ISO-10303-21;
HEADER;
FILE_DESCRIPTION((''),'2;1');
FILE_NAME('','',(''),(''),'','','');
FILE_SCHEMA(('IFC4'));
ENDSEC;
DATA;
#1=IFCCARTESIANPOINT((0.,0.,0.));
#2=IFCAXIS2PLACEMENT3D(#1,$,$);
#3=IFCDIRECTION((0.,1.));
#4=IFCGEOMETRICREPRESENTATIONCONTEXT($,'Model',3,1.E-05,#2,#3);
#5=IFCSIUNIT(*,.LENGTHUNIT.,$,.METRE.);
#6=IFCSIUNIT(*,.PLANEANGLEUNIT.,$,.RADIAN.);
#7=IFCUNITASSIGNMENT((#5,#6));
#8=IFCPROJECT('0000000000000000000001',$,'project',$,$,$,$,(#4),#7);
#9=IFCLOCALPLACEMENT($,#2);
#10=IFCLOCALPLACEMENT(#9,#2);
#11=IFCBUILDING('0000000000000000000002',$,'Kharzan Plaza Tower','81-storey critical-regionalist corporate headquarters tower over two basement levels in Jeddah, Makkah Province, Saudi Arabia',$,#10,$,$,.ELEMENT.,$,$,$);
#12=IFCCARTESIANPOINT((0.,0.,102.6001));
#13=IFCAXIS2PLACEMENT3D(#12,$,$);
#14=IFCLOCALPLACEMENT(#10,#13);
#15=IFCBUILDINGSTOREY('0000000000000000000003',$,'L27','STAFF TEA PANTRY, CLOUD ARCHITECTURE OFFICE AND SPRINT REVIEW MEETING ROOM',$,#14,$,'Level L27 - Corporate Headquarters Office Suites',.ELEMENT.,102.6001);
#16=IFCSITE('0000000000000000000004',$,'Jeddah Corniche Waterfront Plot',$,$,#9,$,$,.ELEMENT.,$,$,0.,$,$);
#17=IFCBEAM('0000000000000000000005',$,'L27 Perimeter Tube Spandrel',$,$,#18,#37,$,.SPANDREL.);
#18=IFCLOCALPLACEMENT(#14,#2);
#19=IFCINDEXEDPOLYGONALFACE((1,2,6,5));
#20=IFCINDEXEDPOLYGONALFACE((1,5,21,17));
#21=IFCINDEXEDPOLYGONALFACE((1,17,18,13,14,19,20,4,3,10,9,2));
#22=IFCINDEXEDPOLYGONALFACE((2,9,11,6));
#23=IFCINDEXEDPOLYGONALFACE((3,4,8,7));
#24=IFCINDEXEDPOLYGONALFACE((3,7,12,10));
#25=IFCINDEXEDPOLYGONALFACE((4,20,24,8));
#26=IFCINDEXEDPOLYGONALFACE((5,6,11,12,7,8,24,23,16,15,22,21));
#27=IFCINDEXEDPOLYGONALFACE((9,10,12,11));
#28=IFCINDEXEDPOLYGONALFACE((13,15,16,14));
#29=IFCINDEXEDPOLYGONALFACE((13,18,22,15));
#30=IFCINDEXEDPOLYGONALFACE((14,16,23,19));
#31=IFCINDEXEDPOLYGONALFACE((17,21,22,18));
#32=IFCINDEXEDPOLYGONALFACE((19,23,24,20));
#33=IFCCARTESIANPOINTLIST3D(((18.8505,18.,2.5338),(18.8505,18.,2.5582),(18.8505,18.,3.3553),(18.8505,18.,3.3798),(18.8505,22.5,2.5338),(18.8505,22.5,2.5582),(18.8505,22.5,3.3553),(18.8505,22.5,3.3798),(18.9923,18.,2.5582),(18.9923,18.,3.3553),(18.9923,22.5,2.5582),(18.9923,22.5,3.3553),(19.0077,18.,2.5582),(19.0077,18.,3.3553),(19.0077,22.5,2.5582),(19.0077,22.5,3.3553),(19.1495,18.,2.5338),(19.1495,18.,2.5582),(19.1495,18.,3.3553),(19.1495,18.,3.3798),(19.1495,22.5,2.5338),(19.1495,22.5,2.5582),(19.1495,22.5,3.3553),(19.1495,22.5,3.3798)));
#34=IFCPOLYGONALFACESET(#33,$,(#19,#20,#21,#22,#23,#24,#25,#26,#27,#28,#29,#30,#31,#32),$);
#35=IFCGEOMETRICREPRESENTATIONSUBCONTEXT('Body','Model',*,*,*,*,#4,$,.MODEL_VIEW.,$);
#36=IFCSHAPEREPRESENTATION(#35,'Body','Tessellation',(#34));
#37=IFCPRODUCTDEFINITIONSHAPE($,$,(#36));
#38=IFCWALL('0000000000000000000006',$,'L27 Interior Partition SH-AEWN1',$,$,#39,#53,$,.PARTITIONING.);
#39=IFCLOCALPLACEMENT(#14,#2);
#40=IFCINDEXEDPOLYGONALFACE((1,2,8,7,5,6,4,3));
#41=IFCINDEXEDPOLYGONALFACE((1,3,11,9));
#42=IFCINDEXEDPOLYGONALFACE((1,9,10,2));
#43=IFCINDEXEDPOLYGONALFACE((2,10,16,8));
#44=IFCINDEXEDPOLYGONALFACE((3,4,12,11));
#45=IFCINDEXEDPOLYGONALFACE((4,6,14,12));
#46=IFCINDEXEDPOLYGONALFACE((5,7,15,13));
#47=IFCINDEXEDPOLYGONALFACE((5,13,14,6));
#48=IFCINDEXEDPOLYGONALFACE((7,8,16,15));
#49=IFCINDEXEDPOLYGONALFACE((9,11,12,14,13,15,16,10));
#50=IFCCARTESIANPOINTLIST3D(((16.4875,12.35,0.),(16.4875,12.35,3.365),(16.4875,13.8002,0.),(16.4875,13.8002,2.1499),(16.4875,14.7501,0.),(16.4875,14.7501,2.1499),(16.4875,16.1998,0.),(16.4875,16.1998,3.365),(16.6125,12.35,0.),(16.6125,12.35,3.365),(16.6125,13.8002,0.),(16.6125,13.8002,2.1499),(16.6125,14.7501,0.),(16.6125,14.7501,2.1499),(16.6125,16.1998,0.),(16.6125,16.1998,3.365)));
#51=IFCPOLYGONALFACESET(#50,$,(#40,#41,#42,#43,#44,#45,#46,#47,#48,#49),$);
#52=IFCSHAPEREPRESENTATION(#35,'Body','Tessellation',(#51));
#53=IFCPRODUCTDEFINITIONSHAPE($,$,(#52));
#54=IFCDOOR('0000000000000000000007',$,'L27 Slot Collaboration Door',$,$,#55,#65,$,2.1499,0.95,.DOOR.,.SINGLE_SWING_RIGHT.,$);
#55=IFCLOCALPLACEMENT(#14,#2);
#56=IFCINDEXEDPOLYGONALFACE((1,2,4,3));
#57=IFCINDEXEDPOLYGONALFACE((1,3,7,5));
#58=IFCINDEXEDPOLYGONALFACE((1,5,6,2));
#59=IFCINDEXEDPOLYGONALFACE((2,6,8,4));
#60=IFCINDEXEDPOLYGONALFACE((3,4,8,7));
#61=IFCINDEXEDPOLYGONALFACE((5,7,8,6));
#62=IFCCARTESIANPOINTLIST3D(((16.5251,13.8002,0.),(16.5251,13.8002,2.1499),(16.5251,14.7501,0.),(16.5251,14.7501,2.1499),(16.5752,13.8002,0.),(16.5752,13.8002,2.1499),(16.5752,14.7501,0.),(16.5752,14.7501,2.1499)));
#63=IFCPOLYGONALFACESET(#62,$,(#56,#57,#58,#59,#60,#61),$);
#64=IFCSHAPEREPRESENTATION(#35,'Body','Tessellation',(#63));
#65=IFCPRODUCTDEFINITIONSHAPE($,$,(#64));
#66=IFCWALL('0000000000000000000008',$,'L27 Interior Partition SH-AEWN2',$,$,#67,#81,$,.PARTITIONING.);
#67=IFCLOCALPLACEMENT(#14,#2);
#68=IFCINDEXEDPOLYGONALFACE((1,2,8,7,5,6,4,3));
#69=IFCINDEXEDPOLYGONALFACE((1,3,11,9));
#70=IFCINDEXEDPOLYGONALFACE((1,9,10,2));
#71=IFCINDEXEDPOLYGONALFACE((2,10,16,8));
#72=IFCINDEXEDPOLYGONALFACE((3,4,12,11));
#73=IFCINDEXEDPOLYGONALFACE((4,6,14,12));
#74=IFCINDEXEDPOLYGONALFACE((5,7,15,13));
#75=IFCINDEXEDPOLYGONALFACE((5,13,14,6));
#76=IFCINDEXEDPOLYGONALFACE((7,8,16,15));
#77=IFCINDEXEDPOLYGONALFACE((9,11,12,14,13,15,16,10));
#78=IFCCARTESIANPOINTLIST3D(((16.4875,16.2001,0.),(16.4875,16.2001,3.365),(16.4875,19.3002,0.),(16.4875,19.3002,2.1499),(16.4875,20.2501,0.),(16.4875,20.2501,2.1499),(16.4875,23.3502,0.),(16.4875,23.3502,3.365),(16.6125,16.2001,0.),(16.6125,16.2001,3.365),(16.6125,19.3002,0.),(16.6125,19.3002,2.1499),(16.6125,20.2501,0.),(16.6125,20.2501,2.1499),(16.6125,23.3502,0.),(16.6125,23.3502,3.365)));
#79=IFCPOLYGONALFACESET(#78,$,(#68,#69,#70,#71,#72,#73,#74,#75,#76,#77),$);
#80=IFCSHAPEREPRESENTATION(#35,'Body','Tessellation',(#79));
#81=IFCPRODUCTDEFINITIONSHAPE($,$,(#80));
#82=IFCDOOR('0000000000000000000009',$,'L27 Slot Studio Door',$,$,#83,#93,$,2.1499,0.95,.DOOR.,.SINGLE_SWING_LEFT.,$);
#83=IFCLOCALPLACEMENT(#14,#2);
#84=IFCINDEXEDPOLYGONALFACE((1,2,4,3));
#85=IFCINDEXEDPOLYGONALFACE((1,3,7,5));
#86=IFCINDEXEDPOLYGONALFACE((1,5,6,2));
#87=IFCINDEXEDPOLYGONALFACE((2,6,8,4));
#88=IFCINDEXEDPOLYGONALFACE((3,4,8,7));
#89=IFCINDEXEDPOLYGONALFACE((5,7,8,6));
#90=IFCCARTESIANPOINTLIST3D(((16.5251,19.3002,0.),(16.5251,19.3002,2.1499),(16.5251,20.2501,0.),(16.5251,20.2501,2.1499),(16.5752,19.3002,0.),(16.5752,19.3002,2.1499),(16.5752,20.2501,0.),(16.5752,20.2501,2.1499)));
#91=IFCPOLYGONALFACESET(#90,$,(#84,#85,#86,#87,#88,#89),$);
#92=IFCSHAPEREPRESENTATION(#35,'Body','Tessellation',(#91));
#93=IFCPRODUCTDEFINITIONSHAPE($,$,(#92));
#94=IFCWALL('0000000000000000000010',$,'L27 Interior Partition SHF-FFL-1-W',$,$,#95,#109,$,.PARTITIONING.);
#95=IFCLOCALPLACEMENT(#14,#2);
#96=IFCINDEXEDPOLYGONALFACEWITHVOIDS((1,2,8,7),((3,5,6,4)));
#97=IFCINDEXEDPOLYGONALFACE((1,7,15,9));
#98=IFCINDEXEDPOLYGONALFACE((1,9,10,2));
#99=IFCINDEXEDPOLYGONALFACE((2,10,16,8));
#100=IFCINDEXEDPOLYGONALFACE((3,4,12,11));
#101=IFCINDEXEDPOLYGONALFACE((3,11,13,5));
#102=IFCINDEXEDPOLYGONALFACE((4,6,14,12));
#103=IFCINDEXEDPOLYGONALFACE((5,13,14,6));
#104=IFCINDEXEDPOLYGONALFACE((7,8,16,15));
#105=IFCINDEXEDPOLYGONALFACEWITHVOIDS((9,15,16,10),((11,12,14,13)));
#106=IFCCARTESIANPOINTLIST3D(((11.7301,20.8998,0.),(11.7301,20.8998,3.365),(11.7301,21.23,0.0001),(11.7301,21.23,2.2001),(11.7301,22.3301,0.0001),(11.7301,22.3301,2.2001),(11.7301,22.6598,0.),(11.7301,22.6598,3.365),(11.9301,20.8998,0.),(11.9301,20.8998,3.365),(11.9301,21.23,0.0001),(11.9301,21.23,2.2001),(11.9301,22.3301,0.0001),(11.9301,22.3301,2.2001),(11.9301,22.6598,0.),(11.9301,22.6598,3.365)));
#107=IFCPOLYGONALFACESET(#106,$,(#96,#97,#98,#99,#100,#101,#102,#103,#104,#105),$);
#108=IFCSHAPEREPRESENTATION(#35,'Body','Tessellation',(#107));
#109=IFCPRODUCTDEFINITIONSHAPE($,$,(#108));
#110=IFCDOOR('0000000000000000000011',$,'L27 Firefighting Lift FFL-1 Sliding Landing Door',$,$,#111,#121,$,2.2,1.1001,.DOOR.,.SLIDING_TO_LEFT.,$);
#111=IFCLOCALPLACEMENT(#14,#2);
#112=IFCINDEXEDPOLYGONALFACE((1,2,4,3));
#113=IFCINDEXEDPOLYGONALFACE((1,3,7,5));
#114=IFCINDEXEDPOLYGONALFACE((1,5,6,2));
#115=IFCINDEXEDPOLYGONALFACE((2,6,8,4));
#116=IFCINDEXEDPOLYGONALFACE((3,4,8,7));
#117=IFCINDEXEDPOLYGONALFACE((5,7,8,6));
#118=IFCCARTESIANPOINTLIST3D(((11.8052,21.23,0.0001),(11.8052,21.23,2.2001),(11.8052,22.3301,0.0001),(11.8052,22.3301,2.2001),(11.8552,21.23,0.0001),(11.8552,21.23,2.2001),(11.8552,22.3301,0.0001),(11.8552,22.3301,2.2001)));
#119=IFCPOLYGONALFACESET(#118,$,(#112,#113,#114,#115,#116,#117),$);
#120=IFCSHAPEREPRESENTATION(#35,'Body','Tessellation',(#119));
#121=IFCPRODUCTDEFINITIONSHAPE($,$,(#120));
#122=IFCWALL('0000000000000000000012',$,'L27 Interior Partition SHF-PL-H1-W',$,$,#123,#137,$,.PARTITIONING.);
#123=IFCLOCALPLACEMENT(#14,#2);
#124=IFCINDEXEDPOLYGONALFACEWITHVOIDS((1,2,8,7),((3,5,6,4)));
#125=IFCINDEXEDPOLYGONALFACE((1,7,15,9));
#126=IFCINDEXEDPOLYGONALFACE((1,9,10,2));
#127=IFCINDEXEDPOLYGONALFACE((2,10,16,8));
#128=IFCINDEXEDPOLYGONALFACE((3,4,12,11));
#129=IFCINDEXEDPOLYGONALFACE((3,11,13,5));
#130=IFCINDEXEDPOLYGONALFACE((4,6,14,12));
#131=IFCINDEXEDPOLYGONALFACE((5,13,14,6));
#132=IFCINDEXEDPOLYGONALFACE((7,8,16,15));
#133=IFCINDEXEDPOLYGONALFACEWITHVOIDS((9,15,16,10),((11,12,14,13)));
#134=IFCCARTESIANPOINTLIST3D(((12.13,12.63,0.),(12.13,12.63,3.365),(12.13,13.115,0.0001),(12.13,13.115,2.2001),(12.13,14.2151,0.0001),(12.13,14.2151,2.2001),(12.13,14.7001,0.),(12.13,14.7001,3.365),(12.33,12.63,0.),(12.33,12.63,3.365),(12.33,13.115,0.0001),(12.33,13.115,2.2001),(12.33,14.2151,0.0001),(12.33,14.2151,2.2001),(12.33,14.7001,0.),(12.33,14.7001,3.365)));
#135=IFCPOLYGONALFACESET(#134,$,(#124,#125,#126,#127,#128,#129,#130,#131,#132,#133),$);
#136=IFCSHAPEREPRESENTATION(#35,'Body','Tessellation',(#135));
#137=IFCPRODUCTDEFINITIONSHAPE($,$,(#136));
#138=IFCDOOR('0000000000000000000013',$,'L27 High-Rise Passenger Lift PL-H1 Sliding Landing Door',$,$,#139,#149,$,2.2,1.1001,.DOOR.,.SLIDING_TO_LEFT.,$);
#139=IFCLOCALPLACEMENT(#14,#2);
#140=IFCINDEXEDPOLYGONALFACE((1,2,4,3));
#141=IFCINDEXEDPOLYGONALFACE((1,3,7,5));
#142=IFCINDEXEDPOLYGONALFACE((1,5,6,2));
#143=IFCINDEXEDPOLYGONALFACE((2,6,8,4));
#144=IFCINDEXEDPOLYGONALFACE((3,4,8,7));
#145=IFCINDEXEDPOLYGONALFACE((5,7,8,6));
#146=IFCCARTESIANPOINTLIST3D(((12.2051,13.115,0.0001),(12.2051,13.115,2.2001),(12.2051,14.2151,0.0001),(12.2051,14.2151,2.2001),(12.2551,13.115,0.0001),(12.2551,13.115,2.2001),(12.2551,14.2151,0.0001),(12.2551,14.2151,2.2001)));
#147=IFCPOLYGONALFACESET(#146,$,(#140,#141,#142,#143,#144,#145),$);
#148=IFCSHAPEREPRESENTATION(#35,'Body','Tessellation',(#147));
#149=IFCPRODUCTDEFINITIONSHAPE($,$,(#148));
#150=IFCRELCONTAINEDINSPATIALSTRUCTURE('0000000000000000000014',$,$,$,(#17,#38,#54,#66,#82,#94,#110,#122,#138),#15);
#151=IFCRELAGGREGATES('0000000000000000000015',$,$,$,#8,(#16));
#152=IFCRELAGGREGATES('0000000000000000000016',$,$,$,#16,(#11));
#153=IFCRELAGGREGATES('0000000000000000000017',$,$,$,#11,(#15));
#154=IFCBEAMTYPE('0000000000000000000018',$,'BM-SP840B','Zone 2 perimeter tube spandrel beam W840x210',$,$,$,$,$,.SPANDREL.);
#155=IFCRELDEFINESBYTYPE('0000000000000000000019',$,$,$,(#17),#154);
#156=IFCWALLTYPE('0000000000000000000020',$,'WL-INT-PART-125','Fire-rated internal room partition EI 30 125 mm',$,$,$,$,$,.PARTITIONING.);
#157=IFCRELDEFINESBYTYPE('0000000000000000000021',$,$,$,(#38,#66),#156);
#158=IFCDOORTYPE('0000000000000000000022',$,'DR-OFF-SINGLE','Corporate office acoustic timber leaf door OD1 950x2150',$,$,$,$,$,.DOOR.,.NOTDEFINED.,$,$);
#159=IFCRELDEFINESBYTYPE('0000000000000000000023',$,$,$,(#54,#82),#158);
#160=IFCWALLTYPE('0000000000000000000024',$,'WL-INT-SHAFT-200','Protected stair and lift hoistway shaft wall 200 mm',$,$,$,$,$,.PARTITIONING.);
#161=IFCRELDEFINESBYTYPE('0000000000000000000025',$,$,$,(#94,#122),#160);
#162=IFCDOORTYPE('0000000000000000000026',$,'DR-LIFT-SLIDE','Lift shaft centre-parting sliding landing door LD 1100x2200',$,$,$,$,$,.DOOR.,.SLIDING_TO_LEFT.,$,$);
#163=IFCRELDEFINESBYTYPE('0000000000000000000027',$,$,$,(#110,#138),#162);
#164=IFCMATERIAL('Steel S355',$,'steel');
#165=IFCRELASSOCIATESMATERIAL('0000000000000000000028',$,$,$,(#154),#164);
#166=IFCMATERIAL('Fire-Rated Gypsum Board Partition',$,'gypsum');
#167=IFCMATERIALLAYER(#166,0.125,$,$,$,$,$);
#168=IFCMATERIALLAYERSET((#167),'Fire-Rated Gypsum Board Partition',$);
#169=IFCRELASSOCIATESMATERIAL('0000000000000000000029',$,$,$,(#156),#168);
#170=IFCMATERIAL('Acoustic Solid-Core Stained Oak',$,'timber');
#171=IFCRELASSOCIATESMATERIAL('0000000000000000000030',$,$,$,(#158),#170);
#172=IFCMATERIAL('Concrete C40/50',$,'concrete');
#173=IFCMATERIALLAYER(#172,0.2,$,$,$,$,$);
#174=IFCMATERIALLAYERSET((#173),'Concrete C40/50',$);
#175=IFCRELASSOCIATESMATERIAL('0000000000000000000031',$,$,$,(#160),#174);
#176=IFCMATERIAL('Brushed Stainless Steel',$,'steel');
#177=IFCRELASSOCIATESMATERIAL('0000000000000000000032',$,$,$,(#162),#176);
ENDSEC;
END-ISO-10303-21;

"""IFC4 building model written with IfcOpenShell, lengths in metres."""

from ifc_helpers import new_model, si_unit, direction, frame, frame_2d, origin, origin_2d, place, context, subcontext, project, spatial, rectangle, i_section, extrude, source, transform, mapped, material, layer, layer_set, material_profile, profile_set, type_object, element, fill, save


model = new_model("IFC4")

# Units and contexts
model_context = context("Model", 3, precision=1e-05, world=origin(), true_north=direction((0.0, 1.0)))
body_context = subcontext(model_context, "Body", "Model", "MODEL_VIEW")
ifc_project = project(units=[si_unit("LENGTHUNIT", "METRE"), si_unit("PLANEANGLEUNIT", "RADIAN")], contexts=[model_context])

# Site, building, storey
site_placement = place(None, origin())
site = spatial("IfcSite", under=ifc_project, at=site_placement, Name="Jeddah Corniche Waterfront Plot", CompositionType="ELEMENT", RefElevation=0.0)
building_placement = place(site_placement, origin())
building = spatial("IfcBuilding", under=site, at=building_placement, Name="Kharzan Plaza Tower", Description="81-storey critical-regionalist corporate headquarters tower over two basement levels in Jeddah, Makkah Province, Saudi Arabia", CompositionType="ELEMENT")
storey_placement = place(building_placement, frame((0.0, 0.0, 102.6001)))
storey = spatial("IfcBuildingStorey", under=building, at=storey_placement, Name="L27", Description="STAFF TEA PANTRY, CLOUD ARCHITECTURE OFFICE AND SPRINT REVIEW MEETING ROOM", LongName="Level L27 - Corporate Headquarters Office Suites", CompositionType="ELEMENT", Elevation=102.6001)

# Beam
ifc_material_1 = material(Name="Steel S355", Category="steel")
ifc_material_profile_1 = material_profile(ifc_material_1, i_section(OverallWidth=0.2991, OverallDepth=0.8459, WebThickness=0.0154, FlangeThickness=0.0244, at=origin_2d()), Name="W840x210")
ifc_profile_set_1 = profile_set([ifc_material_profile_1], Name="Steel S355")
beam_type_1 = type_object("IfcBeamType", Name="BM-SP840B", Description="Zone 2 perimeter tube spandrel beam W840x210", PredefinedType="SPANDREL", material=ifc_profile_set_1)
shared_shape_1 = source(origin(), body_context, "Body", "SweptSolid", [
    extrude(i_section(OverallWidth=0.2991, OverallDepth=0.8459, WebThickness=0.0154, FlangeThickness=0.0244, at=origin_2d()), origin(), (0.0, 0.0, 1.0), 4.5),
])
beam_1_placement = place(storey_placement, frame((19.0, 18.0, 2.9568), z_axis=(0.0, 1.0, 0.0), x_axis=(-1.0, 0.0, 0.0)))
element("IfcBeam", 1, at=beam_1_placement, inside=storey, type_object=beam_type_1, Name="L27 Perimeter Tube Spandrel", PredefinedType="SPANDREL", context=body_context, shape_type="MappedRepresentation", body=[
    mapped(shared_shape_1, transform((0.0, 0.0, 0.0), x_axis=(1.0, 0.0, 0.0), y_axis=(0.0, 1.0, 0.0), z_axis=(0.0, 0.0, 1.0))),
])

# Walls, openings, doors
ifc_material_2 = material(Name="Fire-Rated Gypsum Board Partition", Category="gypsum")
ifc_layer_1 = layer(ifc_material_2, 0.125)
ifc_layer_set_1 = layer_set([ifc_layer_1], Name="Fire-Rated Gypsum Board Partition")
wall_type_1 = type_object("IfcWallType", Name="WL-INT-PART-125", Description="Fire-rated internal room partition EI 30 125 mm", PredefinedType="PARTITIONING", material=ifc_layer_set_1)
wall_1_placement = place(storey_placement, frame((16.55, 12.3501, 0.0), z_axis=(0.0, 0.0, 1.0), x_axis=(0.0, 1.0, 0.0)))
wall_1 = element("IfcWall", 2, at=wall_1_placement, inside=storey, type_object=wall_type_1, Name="L27 Interior Partition SH-AEWN1", PredefinedType="PARTITIONING", context=body_context, shape_type="SweptSolid", body=[
    extrude(rectangle(XDim=3.8499, YDim=0.125, at=frame_2d((1.9248, 0.0))), origin(), (0.0, 0.0, 1.0), 3.365),
])
opening_1_placement = place(wall_1_placement, frame((1.45, 0.0, 0.0)))
opening_1 = element("IfcOpeningElement", 3, at=opening_1_placement, cuts=wall_1, PredefinedType="OPENING", context=body_context, shape_type="SweptSolid", body=[
    extrude(rectangle(XDim=0.95, YDim=2.1499, at=frame_2d((0.4751, 1.075))), frame((0.0, 0.0725, 0.0), z_axis=(0.0, -1.0, 0.0), x_axis=(1.0, 0.0, 0.0)), (0.0, 0.0, 1.0), 0.145),
])
ifc_material_3 = material(Name="Acoustic Solid-Core Stained Oak", Category="timber")
door_type_1 = type_object("IfcDoorType", Name="DR-OFF-SINGLE", Description="Corporate office acoustic timber leaf door OD1 950x2150", OperationType="NOTDEFINED", PredefinedType="DOOR", material=ifc_material_3)
shared_shape_2 = source(origin(), body_context, "Body", "SweptSolid", [
    extrude(rectangle(XDim=0.95, YDim=2.1499, at=frame_2d((0.4751, 1.075))), frame((0.0, 0.0249, 0.0), z_axis=(0.0, -1.0, 0.0), x_axis=(1.0, 0.0, 0.0)), (0.0, 0.0, 1.0), 0.05),
])
door_1_placement = place(opening_1_placement, origin())
door_1 = element("IfcDoor", 4, at=door_1_placement, inside=storey, type_object=door_type_1, Name="L27 Slot Collaboration Door", OperationType="SINGLE_SWING_RIGHT", OverallHeight=2.1499, OverallWidth=0.95, PredefinedType="DOOR", context=body_context, shape_type="MappedRepresentation", body=[
    mapped(shared_shape_2, transform((0.0, 0.0, 0.0), x_axis=(1.0, 0.0, 0.0), y_axis=(0.0, 1.0, 0.0), z_axis=(0.0, 0.0, 1.0))),
])
fill(opening_1, door_1)
wall_2_placement = place(storey_placement, frame((16.55, 16.2, 0.0), z_axis=(0.0, 0.0, 1.0), x_axis=(0.0, 1.0, 0.0)))
wall_2 = element("IfcWall", 5, at=wall_2_placement, inside=storey, type_object=wall_type_1, Name="L27 Interior Partition SH-AEWN2", PredefinedType="PARTITIONING", context=body_context, shape_type="SweptSolid", body=[
    extrude(rectangle(XDim=7.1501, YDim=0.125, at=frame_2d((3.5752, 0.0))), origin(), (0.0, 0.0, 1.0), 3.365),
])
opening_2_placement = place(wall_2_placement, frame((3.1001, 0.0, 0.0)))
opening_2 = element("IfcOpeningElement", 6, at=opening_2_placement, cuts=wall_2, PredefinedType="OPENING", context=body_context, shape_type="SweptSolid", body=[
    extrude(rectangle(XDim=0.95, YDim=2.1499, at=frame_2d((0.4751, 1.075))), frame((0.0, 0.0725, 0.0), z_axis=(0.0, -1.0, 0.0), x_axis=(1.0, 0.0, 0.0)), (0.0, 0.0, 1.0), 0.145),
])
door_2_placement = place(opening_2_placement, origin())
door_2 = element("IfcDoor", 7, at=door_2_placement, inside=storey, type_object=door_type_1, Name="L27 Slot Studio Door", OperationType="SINGLE_SWING_LEFT", OverallHeight=2.1499, OverallWidth=0.95, PredefinedType="DOOR", context=body_context, shape_type="MappedRepresentation", body=[
    mapped(shared_shape_2, transform((0.0, 0.0, 0.0), x_axis=(1.0, 0.0, 0.0), y_axis=(0.0, 1.0, 0.0), z_axis=(0.0, 0.0, 1.0))),
])
fill(opening_2, door_2)
ifc_material_4 = material(Name="Concrete C40/50", Category="concrete")
ifc_layer_2 = layer(ifc_material_4, 0.2)
ifc_layer_set_2 = layer_set([ifc_layer_2], Name="Concrete C40/50")
wall_type_2 = type_object("IfcWallType", Name="WL-INT-SHAFT-200", Description="Protected stair and lift hoistway shaft wall 200 mm", PredefinedType="PARTITIONING", material=ifc_layer_set_2)
wall_3_placement = place(storey_placement, frame((11.8301, 20.8999, 0.0), z_axis=(0.0, 0.0, 1.0), x_axis=(0.0, 1.0, 0.0)))
wall_3 = element("IfcWall", 8, at=wall_3_placement, inside=storey, type_object=wall_type_2, Name="L27 Interior Partition SHF-FFL-1-W", PredefinedType="PARTITIONING", context=body_context, shape_type="SweptSolid", body=[
    extrude(rectangle(XDim=1.76, YDim=0.2, at=frame_2d((0.8799, 0.0))), origin(), (0.0, 0.0, 1.0), 3.365),
])
opening_3_placement = place(wall_3_placement, frame((0.3301, 0.0, 0.0)))
opening_3 = element("IfcOpeningElement", 9, at=opening_3_placement, cuts=wall_3, PredefinedType="OPENING", context=body_context, shape_type="SweptSolid", body=[
    extrude(rectangle(XDim=1.1001, YDim=2.2, at=frame_2d((0.55, 1.1001))), frame((0.0, 0.1099, 0.0), z_axis=(0.0, -1.0, 0.0), x_axis=(1.0, 0.0, 0.0)), (0.0, 0.0, 1.0), 0.22),
])
ifc_material_5 = material(Name="Brushed Stainless Steel", Category="steel")
door_type_2 = type_object("IfcDoorType", Name="DR-LIFT-SLIDE", Description="Lift shaft centre-parting sliding landing door LD 1100x2200", OperationType="SLIDING_TO_LEFT", PredefinedType="DOOR", material=ifc_material_5)
shared_shape_3 = source(origin(), body_context, "Body", "SweptSolid", [
    extrude(rectangle(XDim=1.1001, YDim=2.2, at=frame_2d((0.55, 1.1001))), frame((0.0, 0.0249, 0.0), z_axis=(0.0, -1.0, 0.0), x_axis=(1.0, 0.0, 0.0)), (0.0, 0.0, 1.0), 0.05),
])
door_3_placement = place(opening_3_placement, origin())
door_3 = element("IfcDoor", 10, at=door_3_placement, inside=storey, type_object=door_type_2, Name="L27 Firefighting Lift FFL-1 Sliding Landing Door", OperationType="SLIDING_TO_LEFT", OverallHeight=2.2, OverallWidth=1.1001, PredefinedType="DOOR", context=body_context, shape_type="MappedRepresentation", body=[
    mapped(shared_shape_3, transform((0.0, 0.0, 0.0), x_axis=(1.0, 0.0, 0.0), y_axis=(0.0, 1.0, 0.0), z_axis=(0.0, 0.0, 1.0))),
])
fill(opening_3, door_3)
wall_4_placement = place(storey_placement, frame((12.23, 12.6299, 0.0), z_axis=(0.0, 0.0, 1.0), x_axis=(0.0, 1.0, 0.0)))
wall_4 = element("IfcWall", 11, at=wall_4_placement, inside=storey, type_object=wall_type_2, Name="L27 Interior Partition SHF-PL-H1-W", PredefinedType="PARTITIONING", context=body_context, shape_type="SweptSolid", body=[
    extrude(rectangle(XDim=2.0701, YDim=0.2, at=frame_2d((1.0352, 0.0))), origin(), (0.0, 0.0, 1.0), 3.365),
])
opening_4_placement = place(wall_4_placement, frame((0.4851, 0.0, 0.0)))
opening_4 = element("IfcOpeningElement", 12, at=opening_4_placement, cuts=wall_4, PredefinedType="OPENING", context=body_context, shape_type="SweptSolid", body=[
    extrude(rectangle(XDim=1.1001, YDim=2.2, at=frame_2d((0.55, 1.1001))), frame((0.0, 0.1099, 0.0), z_axis=(0.0, -1.0, 0.0), x_axis=(1.0, 0.0, 0.0)), (0.0, 0.0, 1.0), 0.22),
])
door_4_placement = place(opening_4_placement, origin())
door_4 = element("IfcDoor", 13, at=door_4_placement, inside=storey, type_object=door_type_2, Name="L27 High-Rise Passenger Lift PL-H1 Sliding Landing Door", OperationType="SLIDING_TO_LEFT", OverallHeight=2.2, OverallWidth=1.1001, PredefinedType="DOOR", context=body_context, shape_type="MappedRepresentation", body=[
    mapped(shared_shape_3, transform((0.0, 0.0, 0.0), x_axis=(1.0, 0.0, 0.0), y_axis=(0.0, 1.0, 0.0), z_axis=(0.0, 0.0, 1.0))),
])
fill(opening_4, door_4)

save(model, "model.ifc")
